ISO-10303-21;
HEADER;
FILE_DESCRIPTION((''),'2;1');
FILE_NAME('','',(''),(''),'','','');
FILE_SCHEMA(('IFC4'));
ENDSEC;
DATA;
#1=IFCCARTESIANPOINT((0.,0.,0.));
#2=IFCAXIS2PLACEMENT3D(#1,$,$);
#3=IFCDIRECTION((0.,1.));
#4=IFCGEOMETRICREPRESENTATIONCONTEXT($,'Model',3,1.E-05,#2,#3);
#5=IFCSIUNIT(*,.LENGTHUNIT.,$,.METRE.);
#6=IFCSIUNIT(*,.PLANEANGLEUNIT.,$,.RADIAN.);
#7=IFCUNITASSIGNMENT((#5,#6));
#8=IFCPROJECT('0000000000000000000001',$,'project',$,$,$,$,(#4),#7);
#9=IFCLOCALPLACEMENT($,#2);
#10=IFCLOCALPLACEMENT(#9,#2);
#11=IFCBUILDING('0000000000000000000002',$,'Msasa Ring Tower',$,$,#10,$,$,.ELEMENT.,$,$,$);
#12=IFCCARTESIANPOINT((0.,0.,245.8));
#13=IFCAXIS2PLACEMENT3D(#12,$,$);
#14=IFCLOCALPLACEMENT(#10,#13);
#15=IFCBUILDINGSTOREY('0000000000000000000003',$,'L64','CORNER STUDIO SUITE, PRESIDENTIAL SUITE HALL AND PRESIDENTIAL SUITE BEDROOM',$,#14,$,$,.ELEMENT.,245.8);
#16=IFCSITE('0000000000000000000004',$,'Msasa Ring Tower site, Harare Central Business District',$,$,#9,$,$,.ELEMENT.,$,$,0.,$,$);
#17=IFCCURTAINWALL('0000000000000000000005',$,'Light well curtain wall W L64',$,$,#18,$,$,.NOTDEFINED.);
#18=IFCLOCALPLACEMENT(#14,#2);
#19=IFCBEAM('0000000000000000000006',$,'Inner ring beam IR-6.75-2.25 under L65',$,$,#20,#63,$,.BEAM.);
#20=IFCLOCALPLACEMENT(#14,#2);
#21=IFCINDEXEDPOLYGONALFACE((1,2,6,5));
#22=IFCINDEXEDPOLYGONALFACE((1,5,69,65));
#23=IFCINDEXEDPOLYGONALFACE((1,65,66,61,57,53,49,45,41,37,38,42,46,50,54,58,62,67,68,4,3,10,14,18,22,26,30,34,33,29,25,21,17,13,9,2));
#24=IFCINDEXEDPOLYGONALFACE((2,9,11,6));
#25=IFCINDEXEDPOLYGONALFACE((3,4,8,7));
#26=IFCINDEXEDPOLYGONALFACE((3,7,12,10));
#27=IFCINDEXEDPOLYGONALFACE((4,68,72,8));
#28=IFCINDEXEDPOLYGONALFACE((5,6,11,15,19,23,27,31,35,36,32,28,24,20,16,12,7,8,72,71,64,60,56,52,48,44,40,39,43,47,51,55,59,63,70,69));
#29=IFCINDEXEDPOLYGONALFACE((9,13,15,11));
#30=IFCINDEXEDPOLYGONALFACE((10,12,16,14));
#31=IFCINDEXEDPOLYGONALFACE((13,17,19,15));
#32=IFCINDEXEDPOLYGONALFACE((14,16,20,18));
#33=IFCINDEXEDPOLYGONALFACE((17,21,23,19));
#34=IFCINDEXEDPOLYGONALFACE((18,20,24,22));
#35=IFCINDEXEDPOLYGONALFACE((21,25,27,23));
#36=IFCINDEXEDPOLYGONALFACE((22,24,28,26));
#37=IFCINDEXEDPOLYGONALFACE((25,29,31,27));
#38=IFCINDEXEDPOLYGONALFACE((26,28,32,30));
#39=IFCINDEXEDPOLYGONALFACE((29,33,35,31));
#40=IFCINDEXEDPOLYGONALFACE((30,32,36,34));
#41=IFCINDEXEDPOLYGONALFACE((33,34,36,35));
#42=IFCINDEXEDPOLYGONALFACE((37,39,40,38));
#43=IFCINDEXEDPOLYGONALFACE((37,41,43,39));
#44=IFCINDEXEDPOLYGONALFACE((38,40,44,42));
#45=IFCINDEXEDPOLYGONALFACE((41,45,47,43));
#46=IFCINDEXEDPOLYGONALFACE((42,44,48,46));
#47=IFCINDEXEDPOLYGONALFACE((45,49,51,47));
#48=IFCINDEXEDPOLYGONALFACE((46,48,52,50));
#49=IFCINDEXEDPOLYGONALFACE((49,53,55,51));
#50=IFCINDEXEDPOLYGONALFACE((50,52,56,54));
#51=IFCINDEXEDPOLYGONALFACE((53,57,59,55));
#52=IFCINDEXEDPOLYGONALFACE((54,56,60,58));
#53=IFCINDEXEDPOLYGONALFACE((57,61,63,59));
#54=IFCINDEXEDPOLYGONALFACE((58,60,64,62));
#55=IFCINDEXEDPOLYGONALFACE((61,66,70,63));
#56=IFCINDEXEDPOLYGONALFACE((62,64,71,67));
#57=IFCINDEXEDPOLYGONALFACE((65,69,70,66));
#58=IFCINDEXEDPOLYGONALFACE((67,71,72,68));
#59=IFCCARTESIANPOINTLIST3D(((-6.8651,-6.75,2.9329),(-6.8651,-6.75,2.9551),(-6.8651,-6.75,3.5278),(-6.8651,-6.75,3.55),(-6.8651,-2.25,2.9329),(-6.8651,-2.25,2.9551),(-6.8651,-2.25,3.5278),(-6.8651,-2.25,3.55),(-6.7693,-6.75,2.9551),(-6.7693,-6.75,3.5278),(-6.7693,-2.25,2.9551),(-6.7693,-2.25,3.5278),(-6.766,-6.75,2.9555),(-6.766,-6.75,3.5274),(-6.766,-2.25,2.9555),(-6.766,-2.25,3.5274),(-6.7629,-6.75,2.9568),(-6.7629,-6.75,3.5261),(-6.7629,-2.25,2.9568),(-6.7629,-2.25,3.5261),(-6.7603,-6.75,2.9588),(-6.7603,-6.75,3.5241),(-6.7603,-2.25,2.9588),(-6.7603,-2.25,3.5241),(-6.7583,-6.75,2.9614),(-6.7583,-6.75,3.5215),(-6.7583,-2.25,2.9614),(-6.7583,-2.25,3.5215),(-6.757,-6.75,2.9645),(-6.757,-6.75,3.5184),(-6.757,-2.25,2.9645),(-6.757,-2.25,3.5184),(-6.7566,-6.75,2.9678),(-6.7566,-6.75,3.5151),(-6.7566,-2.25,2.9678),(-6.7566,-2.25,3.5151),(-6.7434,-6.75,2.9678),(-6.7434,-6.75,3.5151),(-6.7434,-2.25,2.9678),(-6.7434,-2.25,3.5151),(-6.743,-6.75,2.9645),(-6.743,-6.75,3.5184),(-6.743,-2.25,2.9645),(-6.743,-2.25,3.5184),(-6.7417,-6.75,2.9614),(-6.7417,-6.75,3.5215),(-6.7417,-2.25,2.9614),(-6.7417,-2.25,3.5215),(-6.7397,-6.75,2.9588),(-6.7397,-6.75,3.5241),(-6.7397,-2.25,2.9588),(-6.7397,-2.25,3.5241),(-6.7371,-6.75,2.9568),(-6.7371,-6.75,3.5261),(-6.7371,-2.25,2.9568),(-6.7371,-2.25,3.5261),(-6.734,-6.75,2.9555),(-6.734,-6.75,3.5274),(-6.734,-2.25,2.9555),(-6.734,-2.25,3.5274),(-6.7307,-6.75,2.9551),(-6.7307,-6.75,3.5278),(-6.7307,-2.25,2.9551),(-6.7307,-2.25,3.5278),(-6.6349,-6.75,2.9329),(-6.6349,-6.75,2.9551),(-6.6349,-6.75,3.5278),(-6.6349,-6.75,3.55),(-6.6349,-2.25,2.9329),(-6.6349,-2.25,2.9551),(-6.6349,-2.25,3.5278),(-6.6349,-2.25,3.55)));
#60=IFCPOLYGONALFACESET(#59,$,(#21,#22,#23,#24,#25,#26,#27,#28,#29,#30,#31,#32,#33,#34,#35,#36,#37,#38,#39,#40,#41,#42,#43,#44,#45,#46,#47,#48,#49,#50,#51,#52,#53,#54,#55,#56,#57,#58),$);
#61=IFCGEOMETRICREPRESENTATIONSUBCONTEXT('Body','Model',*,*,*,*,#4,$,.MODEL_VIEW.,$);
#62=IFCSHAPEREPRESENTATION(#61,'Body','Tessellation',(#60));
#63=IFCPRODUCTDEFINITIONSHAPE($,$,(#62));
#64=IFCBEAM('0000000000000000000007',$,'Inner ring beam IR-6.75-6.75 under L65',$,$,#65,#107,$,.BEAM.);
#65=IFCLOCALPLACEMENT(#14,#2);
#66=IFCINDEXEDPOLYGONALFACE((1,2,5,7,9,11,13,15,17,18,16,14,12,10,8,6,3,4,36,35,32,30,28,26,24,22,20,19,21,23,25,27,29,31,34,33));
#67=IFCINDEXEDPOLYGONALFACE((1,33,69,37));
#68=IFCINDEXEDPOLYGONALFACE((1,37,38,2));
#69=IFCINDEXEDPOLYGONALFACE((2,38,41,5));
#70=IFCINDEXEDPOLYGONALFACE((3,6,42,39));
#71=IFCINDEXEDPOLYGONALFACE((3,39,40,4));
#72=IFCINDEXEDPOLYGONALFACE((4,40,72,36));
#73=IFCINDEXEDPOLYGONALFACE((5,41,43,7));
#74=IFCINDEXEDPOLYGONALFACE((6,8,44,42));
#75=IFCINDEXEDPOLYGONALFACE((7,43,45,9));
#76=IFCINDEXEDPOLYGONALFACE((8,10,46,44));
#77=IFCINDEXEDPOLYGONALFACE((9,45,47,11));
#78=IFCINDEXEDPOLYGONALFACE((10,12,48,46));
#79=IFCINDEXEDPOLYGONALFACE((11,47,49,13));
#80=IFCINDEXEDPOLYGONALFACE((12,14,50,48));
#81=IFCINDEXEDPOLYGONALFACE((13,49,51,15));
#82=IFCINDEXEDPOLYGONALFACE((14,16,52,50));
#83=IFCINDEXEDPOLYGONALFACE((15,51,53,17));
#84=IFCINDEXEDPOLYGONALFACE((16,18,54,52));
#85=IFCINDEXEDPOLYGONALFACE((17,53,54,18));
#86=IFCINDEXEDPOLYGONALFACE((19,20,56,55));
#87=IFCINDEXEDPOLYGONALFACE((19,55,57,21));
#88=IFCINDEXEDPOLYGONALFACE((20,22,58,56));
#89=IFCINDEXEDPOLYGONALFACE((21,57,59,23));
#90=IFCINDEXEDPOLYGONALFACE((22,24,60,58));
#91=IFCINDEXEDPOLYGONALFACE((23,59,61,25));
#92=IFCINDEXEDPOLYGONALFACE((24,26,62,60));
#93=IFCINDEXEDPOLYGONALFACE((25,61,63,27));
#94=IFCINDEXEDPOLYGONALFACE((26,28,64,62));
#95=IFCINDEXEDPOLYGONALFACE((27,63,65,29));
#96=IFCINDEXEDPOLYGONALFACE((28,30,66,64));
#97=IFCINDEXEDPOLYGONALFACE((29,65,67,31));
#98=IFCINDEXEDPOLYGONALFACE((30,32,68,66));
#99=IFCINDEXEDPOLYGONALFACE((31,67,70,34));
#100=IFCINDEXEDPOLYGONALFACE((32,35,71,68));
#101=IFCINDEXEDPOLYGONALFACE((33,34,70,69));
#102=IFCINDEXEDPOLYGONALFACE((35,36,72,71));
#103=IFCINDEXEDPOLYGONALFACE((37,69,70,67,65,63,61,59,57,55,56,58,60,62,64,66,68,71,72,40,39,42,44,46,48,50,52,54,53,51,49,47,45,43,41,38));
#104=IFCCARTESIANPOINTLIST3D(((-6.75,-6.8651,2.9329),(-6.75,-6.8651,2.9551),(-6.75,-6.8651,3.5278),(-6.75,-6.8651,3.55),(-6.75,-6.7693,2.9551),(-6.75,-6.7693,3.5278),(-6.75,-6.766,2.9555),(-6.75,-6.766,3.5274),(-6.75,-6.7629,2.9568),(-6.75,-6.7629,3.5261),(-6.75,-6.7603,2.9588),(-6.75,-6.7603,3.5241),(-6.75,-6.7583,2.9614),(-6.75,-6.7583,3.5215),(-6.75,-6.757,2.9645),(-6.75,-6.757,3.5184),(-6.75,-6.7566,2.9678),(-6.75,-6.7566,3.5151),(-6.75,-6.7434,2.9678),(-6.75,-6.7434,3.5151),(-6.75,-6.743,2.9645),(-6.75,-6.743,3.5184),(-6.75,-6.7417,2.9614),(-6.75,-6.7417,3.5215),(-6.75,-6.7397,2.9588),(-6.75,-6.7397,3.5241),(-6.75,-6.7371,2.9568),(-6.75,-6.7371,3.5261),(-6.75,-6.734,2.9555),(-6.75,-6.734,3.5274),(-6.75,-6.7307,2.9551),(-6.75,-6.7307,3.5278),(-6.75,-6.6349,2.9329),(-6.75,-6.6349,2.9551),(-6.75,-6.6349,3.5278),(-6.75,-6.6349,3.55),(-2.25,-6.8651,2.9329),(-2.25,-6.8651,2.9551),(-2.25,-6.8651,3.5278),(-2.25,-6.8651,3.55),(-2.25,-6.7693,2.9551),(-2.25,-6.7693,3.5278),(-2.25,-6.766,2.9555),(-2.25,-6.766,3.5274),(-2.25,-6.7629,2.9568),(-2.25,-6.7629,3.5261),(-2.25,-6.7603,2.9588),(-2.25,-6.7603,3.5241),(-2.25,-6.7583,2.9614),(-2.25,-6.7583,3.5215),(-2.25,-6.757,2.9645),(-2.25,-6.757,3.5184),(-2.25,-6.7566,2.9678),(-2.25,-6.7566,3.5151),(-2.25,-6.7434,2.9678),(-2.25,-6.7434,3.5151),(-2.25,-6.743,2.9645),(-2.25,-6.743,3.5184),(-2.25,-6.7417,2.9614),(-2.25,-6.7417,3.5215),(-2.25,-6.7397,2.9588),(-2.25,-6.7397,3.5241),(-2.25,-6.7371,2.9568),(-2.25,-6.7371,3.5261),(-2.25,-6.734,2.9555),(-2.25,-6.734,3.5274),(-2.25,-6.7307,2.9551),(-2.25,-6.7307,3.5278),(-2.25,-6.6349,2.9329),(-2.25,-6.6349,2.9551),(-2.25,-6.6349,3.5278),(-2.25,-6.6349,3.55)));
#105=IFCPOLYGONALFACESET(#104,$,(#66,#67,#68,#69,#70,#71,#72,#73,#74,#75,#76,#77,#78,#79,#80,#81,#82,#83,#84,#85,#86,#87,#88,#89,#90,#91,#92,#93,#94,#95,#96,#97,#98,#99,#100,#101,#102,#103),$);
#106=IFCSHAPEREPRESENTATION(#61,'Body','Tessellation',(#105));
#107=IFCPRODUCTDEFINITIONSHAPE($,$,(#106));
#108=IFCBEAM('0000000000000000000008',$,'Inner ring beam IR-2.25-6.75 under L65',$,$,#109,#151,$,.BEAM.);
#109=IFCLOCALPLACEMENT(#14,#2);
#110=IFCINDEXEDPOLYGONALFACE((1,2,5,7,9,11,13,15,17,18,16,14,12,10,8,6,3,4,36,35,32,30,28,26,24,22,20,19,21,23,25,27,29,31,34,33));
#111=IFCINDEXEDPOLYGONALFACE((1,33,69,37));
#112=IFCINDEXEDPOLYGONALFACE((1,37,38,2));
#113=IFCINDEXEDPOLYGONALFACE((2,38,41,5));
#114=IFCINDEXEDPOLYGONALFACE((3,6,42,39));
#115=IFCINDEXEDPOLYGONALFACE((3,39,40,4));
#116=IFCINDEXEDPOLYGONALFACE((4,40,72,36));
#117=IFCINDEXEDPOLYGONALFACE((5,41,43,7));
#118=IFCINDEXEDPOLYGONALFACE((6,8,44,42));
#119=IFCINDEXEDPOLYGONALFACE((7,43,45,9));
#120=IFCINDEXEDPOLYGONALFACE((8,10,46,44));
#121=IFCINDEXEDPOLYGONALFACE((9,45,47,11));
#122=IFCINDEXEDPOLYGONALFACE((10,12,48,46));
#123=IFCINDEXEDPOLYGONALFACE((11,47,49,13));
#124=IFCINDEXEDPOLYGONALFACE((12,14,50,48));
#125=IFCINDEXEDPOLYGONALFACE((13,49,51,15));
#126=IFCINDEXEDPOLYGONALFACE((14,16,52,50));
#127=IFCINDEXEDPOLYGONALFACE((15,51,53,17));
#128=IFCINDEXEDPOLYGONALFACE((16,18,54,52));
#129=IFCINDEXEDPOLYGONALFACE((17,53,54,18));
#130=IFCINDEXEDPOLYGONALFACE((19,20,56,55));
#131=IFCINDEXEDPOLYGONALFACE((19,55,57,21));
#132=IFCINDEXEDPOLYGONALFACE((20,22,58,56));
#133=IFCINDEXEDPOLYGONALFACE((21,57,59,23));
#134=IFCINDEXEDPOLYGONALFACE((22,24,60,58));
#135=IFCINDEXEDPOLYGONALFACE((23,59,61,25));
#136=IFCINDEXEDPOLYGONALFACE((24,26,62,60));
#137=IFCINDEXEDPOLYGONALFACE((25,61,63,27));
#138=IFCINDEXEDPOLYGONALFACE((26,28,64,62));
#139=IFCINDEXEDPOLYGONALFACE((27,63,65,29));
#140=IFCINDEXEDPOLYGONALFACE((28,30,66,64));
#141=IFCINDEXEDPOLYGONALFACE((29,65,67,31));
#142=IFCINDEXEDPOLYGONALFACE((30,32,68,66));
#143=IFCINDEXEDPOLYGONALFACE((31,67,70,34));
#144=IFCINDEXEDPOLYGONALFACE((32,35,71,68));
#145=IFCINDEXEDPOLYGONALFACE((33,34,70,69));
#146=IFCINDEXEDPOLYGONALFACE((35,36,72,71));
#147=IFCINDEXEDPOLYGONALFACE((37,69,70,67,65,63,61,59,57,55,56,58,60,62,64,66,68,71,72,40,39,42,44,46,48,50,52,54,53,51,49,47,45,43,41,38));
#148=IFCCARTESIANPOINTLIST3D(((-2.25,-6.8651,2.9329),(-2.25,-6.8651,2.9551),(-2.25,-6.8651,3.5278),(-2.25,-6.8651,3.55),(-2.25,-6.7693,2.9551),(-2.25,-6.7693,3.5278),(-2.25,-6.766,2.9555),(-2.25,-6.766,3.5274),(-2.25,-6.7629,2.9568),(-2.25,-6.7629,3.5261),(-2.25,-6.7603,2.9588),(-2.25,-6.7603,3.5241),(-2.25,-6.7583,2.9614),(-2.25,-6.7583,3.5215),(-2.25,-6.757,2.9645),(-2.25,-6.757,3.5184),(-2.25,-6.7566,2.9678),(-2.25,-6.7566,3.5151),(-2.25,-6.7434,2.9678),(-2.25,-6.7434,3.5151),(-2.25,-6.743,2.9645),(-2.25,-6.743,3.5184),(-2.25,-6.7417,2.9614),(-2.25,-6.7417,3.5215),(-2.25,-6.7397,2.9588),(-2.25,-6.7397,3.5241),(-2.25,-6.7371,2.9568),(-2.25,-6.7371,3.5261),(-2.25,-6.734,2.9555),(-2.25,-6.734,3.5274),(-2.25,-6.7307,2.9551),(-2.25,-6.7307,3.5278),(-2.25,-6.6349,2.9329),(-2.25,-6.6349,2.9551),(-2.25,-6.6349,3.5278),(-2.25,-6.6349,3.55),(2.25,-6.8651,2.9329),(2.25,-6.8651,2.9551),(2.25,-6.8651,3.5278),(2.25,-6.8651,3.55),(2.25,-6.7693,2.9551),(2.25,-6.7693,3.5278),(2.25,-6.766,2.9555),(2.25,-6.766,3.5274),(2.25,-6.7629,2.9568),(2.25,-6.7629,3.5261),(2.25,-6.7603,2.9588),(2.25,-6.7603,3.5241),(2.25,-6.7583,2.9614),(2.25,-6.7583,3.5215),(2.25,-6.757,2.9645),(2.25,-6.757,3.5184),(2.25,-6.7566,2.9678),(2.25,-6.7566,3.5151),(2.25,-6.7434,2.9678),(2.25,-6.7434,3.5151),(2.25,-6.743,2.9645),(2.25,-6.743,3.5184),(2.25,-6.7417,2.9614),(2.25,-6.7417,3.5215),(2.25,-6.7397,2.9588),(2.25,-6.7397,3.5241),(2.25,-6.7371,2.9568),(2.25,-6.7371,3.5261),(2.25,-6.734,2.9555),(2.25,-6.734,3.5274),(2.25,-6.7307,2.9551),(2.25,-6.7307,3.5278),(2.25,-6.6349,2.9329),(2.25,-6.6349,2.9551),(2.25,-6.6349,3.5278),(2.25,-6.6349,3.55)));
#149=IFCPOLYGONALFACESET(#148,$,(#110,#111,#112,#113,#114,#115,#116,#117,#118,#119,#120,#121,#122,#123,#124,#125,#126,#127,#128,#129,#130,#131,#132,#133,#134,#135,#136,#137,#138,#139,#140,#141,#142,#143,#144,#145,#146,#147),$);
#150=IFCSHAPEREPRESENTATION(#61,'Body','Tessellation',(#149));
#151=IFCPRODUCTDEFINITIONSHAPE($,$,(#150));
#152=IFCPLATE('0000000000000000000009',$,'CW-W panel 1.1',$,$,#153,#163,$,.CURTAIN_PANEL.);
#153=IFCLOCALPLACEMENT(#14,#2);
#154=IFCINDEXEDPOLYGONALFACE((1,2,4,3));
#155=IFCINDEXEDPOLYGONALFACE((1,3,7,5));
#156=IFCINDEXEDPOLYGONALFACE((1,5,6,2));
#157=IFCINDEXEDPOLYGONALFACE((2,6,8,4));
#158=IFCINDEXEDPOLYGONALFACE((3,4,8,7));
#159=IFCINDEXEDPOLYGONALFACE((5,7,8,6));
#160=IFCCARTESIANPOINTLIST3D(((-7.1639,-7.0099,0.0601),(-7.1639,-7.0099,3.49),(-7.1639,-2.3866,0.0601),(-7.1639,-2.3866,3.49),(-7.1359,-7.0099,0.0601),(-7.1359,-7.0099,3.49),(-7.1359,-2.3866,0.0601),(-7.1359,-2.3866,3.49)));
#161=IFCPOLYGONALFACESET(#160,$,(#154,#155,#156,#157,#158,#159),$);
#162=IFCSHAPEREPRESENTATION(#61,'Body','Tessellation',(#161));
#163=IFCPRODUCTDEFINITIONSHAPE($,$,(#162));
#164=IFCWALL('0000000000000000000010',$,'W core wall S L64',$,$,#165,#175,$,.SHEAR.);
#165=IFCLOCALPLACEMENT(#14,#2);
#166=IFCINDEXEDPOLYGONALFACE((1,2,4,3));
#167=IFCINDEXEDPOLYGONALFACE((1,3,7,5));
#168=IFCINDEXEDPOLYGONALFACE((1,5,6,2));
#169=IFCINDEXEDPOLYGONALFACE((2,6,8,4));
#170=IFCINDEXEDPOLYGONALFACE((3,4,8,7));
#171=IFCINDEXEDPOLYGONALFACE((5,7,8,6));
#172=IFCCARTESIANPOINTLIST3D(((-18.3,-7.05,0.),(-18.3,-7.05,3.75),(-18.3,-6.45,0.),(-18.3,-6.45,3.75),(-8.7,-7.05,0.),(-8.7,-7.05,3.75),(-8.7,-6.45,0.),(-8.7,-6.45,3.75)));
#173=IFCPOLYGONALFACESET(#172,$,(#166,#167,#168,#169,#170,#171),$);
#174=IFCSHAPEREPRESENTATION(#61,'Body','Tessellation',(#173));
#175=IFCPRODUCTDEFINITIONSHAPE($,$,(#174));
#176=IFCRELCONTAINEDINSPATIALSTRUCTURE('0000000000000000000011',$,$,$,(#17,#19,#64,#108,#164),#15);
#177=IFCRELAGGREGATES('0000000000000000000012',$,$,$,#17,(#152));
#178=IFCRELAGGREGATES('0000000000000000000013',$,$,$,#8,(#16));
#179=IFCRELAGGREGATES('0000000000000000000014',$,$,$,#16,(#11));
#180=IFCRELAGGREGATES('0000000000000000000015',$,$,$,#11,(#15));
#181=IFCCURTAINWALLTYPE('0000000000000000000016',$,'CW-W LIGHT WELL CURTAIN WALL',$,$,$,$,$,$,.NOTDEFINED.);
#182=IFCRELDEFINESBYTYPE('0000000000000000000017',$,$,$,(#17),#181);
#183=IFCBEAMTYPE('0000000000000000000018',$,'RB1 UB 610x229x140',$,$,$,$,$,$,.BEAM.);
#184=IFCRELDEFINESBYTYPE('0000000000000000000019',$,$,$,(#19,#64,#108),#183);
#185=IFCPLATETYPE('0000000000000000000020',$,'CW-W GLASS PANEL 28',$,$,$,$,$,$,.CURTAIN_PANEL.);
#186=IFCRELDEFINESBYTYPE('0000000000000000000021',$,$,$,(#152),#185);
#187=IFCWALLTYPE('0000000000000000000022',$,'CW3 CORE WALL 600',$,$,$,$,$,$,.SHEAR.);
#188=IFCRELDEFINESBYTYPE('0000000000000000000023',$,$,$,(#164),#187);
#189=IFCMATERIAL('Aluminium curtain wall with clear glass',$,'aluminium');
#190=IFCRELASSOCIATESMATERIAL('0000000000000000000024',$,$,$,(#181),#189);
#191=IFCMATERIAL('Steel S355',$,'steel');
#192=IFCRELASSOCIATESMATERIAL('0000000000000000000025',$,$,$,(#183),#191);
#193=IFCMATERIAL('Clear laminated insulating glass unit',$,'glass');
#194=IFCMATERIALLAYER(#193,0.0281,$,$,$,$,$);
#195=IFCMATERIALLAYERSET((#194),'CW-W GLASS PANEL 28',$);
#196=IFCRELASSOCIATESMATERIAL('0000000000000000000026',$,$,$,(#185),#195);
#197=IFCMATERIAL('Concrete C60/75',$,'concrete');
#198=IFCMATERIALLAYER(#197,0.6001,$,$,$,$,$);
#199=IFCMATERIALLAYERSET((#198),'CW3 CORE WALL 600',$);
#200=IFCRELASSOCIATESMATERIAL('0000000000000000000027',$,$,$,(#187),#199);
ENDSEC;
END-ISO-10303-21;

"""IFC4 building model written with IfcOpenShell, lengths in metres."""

from ifc_helpers import new_model, si_unit, direction, frame, frame_2d, origin, origin_2d, place, context, subcontext, project, spatial, rectangle, i_section, extrude, material, layer, layer_set, material_profile, profile_set, type_object, element, aggregate, save


model = new_model("IFC4")

# Units and contexts
model_context = context("Model", 3, precision=1e-05, world=origin(), true_north=direction((0.0, 1.0)))
body_context = subcontext(model_context, "Body", "Model", "MODEL_VIEW")
ifc_project = project(units=[si_unit("LENGTHUNIT", "METRE"), si_unit("PLANEANGLEUNIT", "RADIAN")], contexts=[model_context])

# Site, building, storey
site_placement = place(None, origin())
site = spatial("IfcSite", under=ifc_project, at=site_placement, Name="Msasa Ring Tower site, Harare Central Business District", CompositionType="ELEMENT", RefElevation=0.0)
building_placement = place(site_placement, origin())
building = spatial("IfcBuilding", under=site, at=building_placement, Name="Msasa Ring Tower", CompositionType="ELEMENT")
storey_placement = place(building_placement, frame((0.0, 0.0, 245.8)))
storey = spatial("IfcBuildingStorey", under=building, at=storey_placement, Name="L64", Description="CORNER STUDIO SUITE, PRESIDENTIAL SUITE HALL AND PRESIDENTIAL SUITE BEDROOM", CompositionType="ELEMENT", Elevation=245.8)

# Shared definitions
ifc_material_1 = material(Name="Aluminium curtain wall with clear glass", Category="aluminium")
curtain_wall_type = type_object("IfcCurtainWallType", Name="CW-W LIGHT WELL CURTAIN WALL", PredefinedType="NOTDEFINED", material=ifc_material_1)

# Curtain wall
curtain_wall_1_placement = place(storey_placement, origin())
curtain_wall_1 = element("IfcCurtainWall", 1, at=curtain_wall_1_placement, inside=storey, type_object=curtain_wall_type, Name="Light well curtain wall W L64", PredefinedType="NOTDEFINED")

# Beams
ifc_material_2 = material(Name="Steel S355", Category="steel")
ifc_material_profile_1 = material_profile(ifc_material_2, i_section(OverallWidth=0.2302, OverallDepth=0.6172, WebThickness=0.0132, FlangeThickness=0.0222, FilletRadius=0.0127, at=origin_2d()), Name="UB 610x229x140")
ifc_profile_set_1 = profile_set([ifc_material_profile_1], Name="Steel S355")
beam_type = type_object("IfcBeamType", Name="RB1 UB 610x229x140", PredefinedType="BEAM", material=ifc_profile_set_1)
for number, where, z_axis, x_axis, name in (
    (2, (-6.75, -2.25, 3.2415), (0.0, -1.0, 0.0), (1.0, 0.0, 0.0), "Inner ring beam IR-6.75-2.25 under L65"),
    (3, (-6.75, -6.75, 3.2415), (1.0, 0.0, 0.0), (0.0, 1.0, 0.0), "Inner ring beam IR-6.75-6.75 under L65"),
    (4, (-2.25, -6.75, 3.2415), (1.0, 0.0, 0.0), (0.0, 1.0, 0.0), "Inner ring beam IR-2.25-6.75 under L65"),
):
    element("IfcBeam", number, at=place(storey_placement, frame(where, z_axis=z_axis, x_axis=x_axis)), inside=storey, type_object=beam_type, Name=name, PredefinedType="BEAM", context=body_context, shape_type="SweptSolid", body=[
        extrude(i_section(OverallWidth=0.2302, OverallDepth=0.6172, WebThickness=0.0132, FlangeThickness=0.0222, FilletRadius=0.0127, at=origin_2d()), origin(), (0.0, 0.0, 1.0), 4.5),
    ])

# Plate
ifc_material_3 = material(Name="Clear laminated insulating glass unit", Category="glass")
ifc_layer_1 = layer(ifc_material_3, 0.0281)
ifc_layer_set_1 = layer_set([ifc_layer_1], Name="CW-W GLASS PANEL 28")
plate_type = type_object("IfcPlateType", Name="CW-W GLASS PANEL 28", PredefinedType="CURTAIN_PANEL", material=ifc_layer_set_1)
plate_placement = place(storey_placement, frame((-7.1499, -4.6982, 0.0601), z_axis=(0.0, 0.0, 1.0), x_axis=(0.0, 1.0, 0.0)))
plate = element("IfcPlate", 5, at=plate_placement, type_object=plate_type, Name="CW-W panel 1.1", PredefinedType="CURTAIN_PANEL", context=body_context, shape_type="SweptSolid", body=[
    extrude(rectangle(XDim=4.6233, YDim=0.0281, at=origin_2d()), origin(), (0.0, 0.0, 1.0), 3.4299),
])
aggregate(curtain_wall_1, [plate])

# Wall
ifc_material_4 = material(Name="Concrete C60/75", Category="concrete")
ifc_layer_2 = layer(ifc_material_4, 0.6001)
ifc_layer_set_2 = layer_set([ifc_layer_2], Name="CW3 CORE WALL 600")
wall_type_1 = type_object("IfcWallType", Name="CW3 CORE WALL 600", PredefinedType="SHEAR", material=ifc_layer_set_2)
wall_1_placement = place(storey_placement, frame((-8.7, -6.75, 0.0), z_axis=(0.0, 0.0, 1.0), x_axis=(-1.0, 0.0, 0.0)))
element("IfcWall", 6, at=wall_1_placement, inside=storey, type_object=wall_type_1, Name="W core wall S L64", PredefinedType="SHEAR", context=body_context, shape_type="SweptSolid", body=[
    extrude(rectangle(XDim=9.6001, YDim=0.6001, at=frame_2d((4.8, 0.0))), origin(), (0.0, 0.0, 1.0), 3.75),
])

save(model, "model.ifc")
